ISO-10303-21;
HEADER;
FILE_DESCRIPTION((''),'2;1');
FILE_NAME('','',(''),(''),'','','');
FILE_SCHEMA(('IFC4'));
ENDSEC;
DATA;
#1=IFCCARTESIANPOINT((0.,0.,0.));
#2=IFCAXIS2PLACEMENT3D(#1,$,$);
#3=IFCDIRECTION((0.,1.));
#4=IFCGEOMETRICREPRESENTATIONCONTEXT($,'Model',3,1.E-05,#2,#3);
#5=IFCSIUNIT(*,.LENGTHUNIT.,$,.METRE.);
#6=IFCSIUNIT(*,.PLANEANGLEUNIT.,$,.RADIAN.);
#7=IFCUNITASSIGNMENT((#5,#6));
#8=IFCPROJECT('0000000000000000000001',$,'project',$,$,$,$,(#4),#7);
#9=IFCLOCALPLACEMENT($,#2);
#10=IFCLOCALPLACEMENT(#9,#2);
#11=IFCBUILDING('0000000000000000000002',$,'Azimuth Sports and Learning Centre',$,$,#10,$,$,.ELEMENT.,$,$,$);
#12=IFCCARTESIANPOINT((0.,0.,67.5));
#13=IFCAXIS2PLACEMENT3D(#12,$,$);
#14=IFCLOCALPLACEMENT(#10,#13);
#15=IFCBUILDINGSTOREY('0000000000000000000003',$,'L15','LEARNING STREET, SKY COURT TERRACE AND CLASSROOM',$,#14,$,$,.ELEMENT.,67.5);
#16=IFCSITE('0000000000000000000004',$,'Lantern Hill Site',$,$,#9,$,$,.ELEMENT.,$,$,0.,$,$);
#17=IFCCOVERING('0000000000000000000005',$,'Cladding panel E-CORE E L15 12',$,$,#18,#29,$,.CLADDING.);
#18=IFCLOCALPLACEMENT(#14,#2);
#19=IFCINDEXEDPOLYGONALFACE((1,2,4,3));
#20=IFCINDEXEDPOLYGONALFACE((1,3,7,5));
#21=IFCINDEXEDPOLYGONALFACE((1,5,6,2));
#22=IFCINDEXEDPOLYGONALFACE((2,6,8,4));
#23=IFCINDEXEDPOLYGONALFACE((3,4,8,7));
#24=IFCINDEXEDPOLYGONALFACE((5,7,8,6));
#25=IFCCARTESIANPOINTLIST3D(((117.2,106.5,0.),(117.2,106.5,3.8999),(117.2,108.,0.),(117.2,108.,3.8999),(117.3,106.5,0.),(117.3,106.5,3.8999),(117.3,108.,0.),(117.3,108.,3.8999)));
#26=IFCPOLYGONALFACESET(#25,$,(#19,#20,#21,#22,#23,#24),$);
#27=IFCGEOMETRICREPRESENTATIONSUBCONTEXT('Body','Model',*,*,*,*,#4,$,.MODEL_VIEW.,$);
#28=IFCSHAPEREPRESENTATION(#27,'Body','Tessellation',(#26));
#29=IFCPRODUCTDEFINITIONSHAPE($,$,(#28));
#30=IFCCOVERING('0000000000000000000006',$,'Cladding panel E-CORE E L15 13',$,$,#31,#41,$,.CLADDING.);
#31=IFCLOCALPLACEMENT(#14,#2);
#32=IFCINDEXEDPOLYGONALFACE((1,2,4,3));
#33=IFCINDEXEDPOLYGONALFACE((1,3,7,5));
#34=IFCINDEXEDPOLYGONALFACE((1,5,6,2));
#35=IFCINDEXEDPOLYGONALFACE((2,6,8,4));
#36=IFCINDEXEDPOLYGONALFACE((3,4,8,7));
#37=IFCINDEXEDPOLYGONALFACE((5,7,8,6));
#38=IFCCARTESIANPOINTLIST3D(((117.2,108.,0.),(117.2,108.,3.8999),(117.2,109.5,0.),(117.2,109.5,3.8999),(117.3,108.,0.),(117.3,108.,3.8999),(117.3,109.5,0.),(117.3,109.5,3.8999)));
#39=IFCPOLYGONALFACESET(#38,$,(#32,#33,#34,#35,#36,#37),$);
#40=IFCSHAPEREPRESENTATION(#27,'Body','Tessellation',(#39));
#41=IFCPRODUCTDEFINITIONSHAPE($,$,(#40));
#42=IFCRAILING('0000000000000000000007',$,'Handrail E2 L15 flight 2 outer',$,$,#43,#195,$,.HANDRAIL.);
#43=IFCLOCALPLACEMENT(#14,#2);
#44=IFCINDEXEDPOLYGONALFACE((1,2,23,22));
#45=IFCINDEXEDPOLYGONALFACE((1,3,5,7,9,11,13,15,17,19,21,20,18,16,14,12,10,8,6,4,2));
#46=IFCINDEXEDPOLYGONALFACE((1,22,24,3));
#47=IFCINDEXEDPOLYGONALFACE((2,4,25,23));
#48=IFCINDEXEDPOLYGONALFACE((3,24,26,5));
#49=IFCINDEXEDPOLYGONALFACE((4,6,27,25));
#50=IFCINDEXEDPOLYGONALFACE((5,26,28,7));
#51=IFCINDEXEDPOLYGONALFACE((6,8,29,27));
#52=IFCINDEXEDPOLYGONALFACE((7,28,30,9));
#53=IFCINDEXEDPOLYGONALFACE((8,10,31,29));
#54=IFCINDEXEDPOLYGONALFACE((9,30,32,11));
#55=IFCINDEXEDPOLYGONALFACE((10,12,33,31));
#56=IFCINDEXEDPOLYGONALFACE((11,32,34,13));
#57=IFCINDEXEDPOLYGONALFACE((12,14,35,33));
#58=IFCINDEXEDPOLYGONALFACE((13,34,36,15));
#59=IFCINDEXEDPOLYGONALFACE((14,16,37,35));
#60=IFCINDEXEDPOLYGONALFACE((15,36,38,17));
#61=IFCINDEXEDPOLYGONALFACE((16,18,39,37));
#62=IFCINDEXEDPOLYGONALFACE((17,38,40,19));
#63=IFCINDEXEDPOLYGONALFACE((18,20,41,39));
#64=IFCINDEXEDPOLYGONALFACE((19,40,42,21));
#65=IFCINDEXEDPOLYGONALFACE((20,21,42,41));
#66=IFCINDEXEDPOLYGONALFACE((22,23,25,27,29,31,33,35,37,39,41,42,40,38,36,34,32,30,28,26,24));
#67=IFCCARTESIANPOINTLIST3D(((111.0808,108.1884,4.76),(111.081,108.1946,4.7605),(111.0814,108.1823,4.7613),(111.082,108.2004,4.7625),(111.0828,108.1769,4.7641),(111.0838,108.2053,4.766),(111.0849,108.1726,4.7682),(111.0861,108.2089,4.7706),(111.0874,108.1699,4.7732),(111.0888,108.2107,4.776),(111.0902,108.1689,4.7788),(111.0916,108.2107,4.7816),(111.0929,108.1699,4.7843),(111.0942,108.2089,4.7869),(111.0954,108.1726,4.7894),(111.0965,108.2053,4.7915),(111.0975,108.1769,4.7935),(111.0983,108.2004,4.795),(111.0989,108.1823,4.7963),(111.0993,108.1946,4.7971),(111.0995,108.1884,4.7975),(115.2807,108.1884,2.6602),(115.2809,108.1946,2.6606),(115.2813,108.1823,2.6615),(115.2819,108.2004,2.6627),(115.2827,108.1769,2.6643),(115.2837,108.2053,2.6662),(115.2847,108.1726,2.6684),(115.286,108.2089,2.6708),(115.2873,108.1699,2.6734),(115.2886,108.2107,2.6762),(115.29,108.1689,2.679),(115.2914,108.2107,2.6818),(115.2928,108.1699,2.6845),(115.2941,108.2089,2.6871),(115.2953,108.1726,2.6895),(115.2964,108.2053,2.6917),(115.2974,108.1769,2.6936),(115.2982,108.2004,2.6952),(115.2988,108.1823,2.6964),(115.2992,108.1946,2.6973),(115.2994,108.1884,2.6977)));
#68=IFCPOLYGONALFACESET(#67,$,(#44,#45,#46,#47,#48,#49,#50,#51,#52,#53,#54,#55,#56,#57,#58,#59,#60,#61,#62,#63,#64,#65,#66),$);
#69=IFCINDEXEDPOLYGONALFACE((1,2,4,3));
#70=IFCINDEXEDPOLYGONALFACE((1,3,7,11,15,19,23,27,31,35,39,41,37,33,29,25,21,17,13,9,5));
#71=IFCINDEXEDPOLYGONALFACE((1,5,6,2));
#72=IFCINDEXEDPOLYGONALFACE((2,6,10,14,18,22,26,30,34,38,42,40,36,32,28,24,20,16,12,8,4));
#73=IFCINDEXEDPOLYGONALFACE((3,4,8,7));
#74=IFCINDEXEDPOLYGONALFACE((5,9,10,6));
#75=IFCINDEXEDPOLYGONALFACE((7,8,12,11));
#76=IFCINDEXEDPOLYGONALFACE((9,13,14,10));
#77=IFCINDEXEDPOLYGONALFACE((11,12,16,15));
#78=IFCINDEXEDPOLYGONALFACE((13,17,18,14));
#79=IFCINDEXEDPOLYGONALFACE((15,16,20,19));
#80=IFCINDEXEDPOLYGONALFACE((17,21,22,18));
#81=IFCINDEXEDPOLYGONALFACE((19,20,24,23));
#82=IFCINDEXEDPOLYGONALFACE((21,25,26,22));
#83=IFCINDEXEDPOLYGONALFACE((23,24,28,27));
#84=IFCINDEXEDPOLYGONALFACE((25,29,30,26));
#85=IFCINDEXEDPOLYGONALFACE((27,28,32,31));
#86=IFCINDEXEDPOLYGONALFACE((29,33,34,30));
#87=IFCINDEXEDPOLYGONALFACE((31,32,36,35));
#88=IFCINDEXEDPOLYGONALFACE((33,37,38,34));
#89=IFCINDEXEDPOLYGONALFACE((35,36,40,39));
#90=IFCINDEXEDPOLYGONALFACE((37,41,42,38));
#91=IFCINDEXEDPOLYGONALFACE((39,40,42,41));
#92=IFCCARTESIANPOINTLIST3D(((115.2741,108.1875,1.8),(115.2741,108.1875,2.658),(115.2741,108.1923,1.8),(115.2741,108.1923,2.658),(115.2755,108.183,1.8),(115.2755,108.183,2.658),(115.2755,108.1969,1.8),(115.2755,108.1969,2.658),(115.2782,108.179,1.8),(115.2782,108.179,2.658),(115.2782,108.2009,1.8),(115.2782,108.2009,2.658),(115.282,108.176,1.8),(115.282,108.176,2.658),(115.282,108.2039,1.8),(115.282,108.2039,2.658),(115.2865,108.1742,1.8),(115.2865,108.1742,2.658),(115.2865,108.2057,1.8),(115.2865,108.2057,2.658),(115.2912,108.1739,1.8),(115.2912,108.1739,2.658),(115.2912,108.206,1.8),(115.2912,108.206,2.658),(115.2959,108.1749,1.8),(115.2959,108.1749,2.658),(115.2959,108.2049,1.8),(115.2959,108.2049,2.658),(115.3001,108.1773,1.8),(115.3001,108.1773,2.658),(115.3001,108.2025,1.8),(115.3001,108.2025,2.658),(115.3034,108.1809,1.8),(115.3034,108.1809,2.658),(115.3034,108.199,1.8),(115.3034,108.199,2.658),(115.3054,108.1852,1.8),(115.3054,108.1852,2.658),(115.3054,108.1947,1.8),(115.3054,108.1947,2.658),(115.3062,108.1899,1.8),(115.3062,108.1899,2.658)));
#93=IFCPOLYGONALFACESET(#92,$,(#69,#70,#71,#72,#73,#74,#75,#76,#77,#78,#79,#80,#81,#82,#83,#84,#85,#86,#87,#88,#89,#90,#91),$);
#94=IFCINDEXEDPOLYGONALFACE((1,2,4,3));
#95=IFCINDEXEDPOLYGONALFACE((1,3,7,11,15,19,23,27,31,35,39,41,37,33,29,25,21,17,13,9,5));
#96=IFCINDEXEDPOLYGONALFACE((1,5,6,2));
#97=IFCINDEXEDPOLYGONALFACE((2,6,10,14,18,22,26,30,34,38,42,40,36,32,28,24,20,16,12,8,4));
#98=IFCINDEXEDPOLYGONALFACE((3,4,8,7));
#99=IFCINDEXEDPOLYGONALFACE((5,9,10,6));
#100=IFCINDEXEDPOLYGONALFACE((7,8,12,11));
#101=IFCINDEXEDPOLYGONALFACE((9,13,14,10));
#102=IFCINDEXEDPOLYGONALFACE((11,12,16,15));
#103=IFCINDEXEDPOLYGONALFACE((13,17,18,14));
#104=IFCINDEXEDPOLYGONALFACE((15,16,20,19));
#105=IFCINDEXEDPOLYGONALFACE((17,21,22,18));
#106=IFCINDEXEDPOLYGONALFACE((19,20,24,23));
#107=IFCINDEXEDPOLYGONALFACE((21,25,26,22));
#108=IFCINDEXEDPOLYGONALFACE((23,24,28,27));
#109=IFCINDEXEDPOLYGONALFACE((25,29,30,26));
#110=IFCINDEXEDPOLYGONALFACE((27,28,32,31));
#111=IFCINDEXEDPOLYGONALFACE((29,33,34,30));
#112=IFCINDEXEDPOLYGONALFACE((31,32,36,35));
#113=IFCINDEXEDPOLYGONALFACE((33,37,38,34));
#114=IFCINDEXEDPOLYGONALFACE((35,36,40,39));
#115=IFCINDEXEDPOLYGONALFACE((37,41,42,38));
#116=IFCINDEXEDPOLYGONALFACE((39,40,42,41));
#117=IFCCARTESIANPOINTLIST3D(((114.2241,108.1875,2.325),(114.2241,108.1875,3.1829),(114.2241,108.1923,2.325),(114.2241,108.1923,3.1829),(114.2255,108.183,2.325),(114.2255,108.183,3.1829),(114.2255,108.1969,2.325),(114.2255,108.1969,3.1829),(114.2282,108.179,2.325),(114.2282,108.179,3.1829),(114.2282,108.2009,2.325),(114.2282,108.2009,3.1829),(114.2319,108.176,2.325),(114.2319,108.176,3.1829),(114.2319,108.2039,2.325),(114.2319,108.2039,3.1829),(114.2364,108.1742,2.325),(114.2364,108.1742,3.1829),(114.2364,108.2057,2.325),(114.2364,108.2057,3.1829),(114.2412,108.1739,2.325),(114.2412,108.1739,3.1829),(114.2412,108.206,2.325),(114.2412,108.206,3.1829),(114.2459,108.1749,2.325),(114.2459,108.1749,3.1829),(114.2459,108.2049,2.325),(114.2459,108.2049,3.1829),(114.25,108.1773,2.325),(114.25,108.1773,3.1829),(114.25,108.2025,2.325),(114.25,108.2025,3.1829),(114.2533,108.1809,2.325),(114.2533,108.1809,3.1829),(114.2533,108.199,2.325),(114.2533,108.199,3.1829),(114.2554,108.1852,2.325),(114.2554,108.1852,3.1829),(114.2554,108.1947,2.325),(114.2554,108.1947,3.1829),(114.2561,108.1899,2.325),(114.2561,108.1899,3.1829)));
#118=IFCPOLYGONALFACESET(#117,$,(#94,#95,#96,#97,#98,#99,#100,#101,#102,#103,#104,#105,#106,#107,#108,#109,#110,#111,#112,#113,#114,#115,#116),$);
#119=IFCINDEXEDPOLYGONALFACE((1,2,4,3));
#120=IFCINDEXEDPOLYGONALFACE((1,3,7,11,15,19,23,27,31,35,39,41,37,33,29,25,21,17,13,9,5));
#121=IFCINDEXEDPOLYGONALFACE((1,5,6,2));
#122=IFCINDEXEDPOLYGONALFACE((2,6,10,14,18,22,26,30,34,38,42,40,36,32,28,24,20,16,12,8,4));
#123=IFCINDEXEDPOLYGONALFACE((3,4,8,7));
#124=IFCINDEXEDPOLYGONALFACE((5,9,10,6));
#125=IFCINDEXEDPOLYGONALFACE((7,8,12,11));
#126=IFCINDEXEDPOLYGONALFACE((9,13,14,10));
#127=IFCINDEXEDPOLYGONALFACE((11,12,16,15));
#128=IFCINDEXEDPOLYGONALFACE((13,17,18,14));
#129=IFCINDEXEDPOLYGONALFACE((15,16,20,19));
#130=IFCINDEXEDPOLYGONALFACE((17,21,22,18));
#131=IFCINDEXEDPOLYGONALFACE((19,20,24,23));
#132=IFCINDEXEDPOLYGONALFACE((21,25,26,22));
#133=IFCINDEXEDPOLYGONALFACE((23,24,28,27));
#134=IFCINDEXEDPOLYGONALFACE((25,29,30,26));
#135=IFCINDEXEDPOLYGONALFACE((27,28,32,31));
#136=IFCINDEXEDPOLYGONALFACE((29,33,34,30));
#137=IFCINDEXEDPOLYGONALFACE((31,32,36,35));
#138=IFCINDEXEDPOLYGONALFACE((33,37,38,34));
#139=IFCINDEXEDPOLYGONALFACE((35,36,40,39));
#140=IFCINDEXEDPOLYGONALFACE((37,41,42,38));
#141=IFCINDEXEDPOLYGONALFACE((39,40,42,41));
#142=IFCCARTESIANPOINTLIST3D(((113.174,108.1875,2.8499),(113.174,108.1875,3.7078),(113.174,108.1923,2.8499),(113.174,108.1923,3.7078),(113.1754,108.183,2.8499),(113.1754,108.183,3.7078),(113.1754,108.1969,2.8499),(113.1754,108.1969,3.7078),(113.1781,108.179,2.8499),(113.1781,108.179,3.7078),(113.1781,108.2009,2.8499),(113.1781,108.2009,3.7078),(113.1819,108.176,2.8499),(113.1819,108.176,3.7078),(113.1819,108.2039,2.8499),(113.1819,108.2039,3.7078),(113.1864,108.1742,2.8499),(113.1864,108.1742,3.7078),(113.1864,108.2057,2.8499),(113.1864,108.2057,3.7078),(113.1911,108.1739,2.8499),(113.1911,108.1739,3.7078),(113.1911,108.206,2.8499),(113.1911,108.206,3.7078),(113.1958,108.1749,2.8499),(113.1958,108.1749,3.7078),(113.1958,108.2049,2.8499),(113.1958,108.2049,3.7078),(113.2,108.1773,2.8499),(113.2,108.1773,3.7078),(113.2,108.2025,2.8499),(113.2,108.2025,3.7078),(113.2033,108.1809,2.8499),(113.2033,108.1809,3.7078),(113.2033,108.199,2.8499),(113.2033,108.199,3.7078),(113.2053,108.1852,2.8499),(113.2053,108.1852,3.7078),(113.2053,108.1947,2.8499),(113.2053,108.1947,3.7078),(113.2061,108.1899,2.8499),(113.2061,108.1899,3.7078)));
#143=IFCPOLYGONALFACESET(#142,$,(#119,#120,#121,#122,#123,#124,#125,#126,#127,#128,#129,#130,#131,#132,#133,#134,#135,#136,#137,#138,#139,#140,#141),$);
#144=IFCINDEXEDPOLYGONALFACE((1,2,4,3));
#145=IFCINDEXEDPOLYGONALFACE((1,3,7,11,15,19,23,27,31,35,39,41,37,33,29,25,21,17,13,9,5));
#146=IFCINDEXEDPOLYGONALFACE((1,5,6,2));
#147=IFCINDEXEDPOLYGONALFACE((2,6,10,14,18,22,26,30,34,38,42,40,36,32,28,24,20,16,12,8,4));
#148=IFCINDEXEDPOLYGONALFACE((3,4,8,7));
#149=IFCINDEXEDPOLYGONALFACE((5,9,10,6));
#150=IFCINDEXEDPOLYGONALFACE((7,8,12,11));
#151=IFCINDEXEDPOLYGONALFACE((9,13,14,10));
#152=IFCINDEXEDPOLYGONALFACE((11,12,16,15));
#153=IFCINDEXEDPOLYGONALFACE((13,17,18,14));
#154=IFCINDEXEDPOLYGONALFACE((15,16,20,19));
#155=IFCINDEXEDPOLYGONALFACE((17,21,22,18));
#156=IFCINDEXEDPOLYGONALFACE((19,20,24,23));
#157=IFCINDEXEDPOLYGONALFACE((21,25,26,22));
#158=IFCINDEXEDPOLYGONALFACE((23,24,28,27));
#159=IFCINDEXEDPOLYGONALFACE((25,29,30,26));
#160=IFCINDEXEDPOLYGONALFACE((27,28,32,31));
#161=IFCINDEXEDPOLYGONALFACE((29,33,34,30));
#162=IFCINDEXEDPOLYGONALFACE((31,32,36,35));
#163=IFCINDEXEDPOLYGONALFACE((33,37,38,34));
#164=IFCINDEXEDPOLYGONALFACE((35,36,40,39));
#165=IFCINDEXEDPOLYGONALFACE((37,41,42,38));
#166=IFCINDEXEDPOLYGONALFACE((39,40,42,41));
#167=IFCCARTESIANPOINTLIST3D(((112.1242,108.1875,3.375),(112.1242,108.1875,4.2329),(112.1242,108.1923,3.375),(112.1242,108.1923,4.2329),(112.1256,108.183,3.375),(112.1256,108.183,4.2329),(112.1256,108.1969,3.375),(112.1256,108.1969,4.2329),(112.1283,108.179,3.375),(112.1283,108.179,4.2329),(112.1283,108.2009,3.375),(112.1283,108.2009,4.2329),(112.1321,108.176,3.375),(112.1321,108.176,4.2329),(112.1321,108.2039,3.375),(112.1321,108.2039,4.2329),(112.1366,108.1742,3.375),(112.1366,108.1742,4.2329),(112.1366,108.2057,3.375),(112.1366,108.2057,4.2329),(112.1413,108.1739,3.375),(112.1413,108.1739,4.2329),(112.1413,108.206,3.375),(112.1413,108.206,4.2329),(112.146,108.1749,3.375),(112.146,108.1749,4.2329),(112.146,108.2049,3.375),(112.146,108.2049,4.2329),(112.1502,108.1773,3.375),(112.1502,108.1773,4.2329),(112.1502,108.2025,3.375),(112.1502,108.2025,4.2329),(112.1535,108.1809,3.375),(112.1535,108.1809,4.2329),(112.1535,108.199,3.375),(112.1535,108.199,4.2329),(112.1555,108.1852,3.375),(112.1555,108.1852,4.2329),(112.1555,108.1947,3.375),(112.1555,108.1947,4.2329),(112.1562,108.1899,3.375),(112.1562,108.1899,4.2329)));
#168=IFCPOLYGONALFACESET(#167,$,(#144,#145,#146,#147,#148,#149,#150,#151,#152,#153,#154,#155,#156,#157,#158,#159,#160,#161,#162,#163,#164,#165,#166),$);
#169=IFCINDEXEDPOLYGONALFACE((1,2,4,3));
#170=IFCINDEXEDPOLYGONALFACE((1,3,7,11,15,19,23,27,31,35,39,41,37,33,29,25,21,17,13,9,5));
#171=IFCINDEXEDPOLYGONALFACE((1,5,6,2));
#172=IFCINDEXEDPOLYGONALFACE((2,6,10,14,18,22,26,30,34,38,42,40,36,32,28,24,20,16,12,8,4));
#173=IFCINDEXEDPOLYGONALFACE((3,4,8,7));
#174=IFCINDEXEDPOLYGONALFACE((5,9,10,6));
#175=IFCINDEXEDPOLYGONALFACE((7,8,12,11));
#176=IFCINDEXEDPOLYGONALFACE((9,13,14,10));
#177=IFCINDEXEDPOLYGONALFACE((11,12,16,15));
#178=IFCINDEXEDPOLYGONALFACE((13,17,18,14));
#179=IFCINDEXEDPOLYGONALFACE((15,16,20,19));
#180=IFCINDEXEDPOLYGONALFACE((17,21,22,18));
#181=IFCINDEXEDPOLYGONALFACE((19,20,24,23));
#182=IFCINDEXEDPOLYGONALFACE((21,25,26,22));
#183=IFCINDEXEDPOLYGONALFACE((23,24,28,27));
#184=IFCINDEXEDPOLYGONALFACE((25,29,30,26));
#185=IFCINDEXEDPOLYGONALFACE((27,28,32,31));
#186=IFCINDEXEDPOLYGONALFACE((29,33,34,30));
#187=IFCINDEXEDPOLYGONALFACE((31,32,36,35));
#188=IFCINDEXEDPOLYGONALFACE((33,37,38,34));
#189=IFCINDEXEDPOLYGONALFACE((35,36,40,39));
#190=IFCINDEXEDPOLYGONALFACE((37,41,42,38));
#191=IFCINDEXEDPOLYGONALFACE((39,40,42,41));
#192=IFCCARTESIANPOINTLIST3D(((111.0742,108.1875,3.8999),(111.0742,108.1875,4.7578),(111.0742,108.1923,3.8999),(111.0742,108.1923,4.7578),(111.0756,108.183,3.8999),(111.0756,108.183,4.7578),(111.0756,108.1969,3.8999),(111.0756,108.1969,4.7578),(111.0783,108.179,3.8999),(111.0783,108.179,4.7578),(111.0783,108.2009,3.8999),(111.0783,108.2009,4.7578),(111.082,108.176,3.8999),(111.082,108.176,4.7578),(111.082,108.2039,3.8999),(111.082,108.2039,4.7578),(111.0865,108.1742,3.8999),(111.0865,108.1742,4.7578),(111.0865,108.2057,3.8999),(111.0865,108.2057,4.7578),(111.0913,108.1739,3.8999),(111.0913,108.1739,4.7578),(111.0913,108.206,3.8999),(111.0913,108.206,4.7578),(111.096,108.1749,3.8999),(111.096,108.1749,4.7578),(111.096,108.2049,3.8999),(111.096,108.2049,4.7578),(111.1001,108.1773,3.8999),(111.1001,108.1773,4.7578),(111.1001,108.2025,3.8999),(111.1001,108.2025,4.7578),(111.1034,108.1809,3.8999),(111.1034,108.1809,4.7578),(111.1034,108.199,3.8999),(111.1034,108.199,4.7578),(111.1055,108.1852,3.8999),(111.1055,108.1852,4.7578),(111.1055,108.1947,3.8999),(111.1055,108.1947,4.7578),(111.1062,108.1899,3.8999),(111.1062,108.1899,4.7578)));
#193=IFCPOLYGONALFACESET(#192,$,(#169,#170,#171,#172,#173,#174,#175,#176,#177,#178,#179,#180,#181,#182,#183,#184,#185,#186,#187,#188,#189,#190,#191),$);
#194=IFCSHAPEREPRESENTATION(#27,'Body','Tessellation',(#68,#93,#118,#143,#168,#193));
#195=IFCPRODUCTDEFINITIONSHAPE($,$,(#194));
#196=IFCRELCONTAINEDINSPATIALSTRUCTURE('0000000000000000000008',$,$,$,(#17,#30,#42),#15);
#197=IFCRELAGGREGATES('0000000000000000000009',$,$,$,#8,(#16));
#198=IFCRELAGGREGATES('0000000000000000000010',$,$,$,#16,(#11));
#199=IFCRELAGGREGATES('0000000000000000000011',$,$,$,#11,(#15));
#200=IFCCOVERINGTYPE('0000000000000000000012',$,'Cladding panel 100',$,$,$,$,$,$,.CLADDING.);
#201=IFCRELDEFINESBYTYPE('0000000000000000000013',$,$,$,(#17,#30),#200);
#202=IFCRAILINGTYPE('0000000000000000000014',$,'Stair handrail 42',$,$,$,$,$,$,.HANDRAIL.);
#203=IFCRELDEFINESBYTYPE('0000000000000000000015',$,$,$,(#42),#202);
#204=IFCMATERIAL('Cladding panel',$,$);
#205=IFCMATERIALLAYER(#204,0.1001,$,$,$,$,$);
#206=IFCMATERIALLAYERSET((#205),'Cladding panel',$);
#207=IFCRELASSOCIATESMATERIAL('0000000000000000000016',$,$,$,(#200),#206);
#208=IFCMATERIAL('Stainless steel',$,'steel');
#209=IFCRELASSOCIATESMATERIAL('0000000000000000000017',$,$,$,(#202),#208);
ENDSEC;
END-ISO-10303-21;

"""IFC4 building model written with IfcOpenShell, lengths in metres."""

from ifc_helpers import new_model, si_unit, direction, frame, origin, origin_2d, place, context, subcontext, project, spatial, rectangle, circle, extrude, material, layer, layer_set, type_object, element, save


model = new_model("IFC4")

# Units and contexts
model_context = context("Model", 3, precision=1e-05, world=origin(), true_north=direction((0.0, 1.0)))
body_context = subcontext(model_context, "Body", "Model", "MODEL_VIEW")
ifc_project = project(units=[si_unit("LENGTHUNIT", "METRE"), si_unit("PLANEANGLEUNIT", "RADIAN")], contexts=[model_context])

# Site, building, storey
site_placement = place(None, origin())
site = spatial("IfcSite", under=ifc_project, at=site_placement, Name="Lantern Hill Site", CompositionType="ELEMENT", RefElevation=0.0)
building_placement = place(site_placement, origin())
building = spatial("IfcBuilding", under=site, at=building_placement, Name="Azimuth Sports and Learning Centre", CompositionType="ELEMENT")
storey_placement = place(building_placement, frame((0.0, 0.0, 67.5)))
storey = spatial("IfcBuildingStorey", under=building, at=storey_placement, Name="L15", Description="LEARNING STREET, SKY COURT TERRACE AND CLASSROOM", CompositionType="ELEMENT", Elevation=67.5)

# Coverings
ifc_material_1 = material(Name="Cladding panel")
ifc_layer_1 = layer(ifc_material_1, 0.1001)
ifc_layer_set_1 = layer_set([ifc_layer_1], Name="Cladding panel")
covering_type = type_object("IfcCoveringType", Name="Cladding panel 100", PredefinedType="CLADDING", material=ifc_layer_set_1)
for number, where, z_axis, x_axis, name in (
    (1, (117.25, 107.25, 0.0), (0.0, 0.0, 1.0), (0.0, 1.0, 0.0), "Cladding panel E-CORE E L15 12"),
    (2, (117.25, 108.75, 0.0), (0.0, 0.0, 1.0), (0.0, 1.0, 0.0), "Cladding panel E-CORE E L15 13"),
):
    element("IfcCovering", number, at=place(storey_placement, frame(where, z_axis=z_axis, x_axis=x_axis)), inside=storey, type_object=covering_type, Name=name, PredefinedType="CLADDING", context=body_context, shape_type="SweptSolid", body=[
        extrude(rectangle(XDim=1.5, YDim=0.1001, at=origin_2d()), origin(), (0.0, 0.0, 1.0), 3.8999),
    ])

# Railing
ifc_material_2 = material(Name="Stainless steel", Category="steel")
railing_type = type_object("IfcRailingType", Name="Stair handrail 42", PredefinedType="HANDRAIL", material=ifc_material_2)
railing_placement = place(storey_placement, frame((115.29, 108.1899, 1.8)))
element("IfcRailing", 3, at=railing_placement, inside=storey, type_object=railing_type, Name="Handrail E2 L15 flight 2 outer", PredefinedType="HANDRAIL", context=body_context, shape_type="SweptSolid", body=[
    extrude(circle(Radius=0.021, at=origin_2d()), frame((0.0, 0.0, 0.8789), z_axis=(-0.894438, 0.0, 0.447193), x_axis=(0.0, -1.0, 0.0)), (0.0, 0.0, 1.0), 4.6956),
    extrude(circle(Radius=0.0161, at=origin_2d()), origin(), (0.0, 0.0, 1.0), 0.8579),
    extrude(circle(Radius=0.0161, at=origin_2d()), frame((-1.05, 0.0, 0.5249)), (0.0, 0.0, 1.0), 0.8579),
    extrude(circle(Radius=0.0161, at=origin_2d()), frame((-2.1001, 0.0, 1.0498)), (0.0, 0.0, 1.0), 0.8579),
    extrude(circle(Radius=0.0161, at=origin_2d()), frame((-3.1499, 0.0, 1.575)), (0.0, 0.0, 1.0), 0.8579),
    extrude(circle(Radius=0.0161, at=origin_2d()), frame((-4.2, 0.0, 2.0999)), (0.0, 0.0, 1.0), 0.8579),
])

save(model, "model.ifc")
